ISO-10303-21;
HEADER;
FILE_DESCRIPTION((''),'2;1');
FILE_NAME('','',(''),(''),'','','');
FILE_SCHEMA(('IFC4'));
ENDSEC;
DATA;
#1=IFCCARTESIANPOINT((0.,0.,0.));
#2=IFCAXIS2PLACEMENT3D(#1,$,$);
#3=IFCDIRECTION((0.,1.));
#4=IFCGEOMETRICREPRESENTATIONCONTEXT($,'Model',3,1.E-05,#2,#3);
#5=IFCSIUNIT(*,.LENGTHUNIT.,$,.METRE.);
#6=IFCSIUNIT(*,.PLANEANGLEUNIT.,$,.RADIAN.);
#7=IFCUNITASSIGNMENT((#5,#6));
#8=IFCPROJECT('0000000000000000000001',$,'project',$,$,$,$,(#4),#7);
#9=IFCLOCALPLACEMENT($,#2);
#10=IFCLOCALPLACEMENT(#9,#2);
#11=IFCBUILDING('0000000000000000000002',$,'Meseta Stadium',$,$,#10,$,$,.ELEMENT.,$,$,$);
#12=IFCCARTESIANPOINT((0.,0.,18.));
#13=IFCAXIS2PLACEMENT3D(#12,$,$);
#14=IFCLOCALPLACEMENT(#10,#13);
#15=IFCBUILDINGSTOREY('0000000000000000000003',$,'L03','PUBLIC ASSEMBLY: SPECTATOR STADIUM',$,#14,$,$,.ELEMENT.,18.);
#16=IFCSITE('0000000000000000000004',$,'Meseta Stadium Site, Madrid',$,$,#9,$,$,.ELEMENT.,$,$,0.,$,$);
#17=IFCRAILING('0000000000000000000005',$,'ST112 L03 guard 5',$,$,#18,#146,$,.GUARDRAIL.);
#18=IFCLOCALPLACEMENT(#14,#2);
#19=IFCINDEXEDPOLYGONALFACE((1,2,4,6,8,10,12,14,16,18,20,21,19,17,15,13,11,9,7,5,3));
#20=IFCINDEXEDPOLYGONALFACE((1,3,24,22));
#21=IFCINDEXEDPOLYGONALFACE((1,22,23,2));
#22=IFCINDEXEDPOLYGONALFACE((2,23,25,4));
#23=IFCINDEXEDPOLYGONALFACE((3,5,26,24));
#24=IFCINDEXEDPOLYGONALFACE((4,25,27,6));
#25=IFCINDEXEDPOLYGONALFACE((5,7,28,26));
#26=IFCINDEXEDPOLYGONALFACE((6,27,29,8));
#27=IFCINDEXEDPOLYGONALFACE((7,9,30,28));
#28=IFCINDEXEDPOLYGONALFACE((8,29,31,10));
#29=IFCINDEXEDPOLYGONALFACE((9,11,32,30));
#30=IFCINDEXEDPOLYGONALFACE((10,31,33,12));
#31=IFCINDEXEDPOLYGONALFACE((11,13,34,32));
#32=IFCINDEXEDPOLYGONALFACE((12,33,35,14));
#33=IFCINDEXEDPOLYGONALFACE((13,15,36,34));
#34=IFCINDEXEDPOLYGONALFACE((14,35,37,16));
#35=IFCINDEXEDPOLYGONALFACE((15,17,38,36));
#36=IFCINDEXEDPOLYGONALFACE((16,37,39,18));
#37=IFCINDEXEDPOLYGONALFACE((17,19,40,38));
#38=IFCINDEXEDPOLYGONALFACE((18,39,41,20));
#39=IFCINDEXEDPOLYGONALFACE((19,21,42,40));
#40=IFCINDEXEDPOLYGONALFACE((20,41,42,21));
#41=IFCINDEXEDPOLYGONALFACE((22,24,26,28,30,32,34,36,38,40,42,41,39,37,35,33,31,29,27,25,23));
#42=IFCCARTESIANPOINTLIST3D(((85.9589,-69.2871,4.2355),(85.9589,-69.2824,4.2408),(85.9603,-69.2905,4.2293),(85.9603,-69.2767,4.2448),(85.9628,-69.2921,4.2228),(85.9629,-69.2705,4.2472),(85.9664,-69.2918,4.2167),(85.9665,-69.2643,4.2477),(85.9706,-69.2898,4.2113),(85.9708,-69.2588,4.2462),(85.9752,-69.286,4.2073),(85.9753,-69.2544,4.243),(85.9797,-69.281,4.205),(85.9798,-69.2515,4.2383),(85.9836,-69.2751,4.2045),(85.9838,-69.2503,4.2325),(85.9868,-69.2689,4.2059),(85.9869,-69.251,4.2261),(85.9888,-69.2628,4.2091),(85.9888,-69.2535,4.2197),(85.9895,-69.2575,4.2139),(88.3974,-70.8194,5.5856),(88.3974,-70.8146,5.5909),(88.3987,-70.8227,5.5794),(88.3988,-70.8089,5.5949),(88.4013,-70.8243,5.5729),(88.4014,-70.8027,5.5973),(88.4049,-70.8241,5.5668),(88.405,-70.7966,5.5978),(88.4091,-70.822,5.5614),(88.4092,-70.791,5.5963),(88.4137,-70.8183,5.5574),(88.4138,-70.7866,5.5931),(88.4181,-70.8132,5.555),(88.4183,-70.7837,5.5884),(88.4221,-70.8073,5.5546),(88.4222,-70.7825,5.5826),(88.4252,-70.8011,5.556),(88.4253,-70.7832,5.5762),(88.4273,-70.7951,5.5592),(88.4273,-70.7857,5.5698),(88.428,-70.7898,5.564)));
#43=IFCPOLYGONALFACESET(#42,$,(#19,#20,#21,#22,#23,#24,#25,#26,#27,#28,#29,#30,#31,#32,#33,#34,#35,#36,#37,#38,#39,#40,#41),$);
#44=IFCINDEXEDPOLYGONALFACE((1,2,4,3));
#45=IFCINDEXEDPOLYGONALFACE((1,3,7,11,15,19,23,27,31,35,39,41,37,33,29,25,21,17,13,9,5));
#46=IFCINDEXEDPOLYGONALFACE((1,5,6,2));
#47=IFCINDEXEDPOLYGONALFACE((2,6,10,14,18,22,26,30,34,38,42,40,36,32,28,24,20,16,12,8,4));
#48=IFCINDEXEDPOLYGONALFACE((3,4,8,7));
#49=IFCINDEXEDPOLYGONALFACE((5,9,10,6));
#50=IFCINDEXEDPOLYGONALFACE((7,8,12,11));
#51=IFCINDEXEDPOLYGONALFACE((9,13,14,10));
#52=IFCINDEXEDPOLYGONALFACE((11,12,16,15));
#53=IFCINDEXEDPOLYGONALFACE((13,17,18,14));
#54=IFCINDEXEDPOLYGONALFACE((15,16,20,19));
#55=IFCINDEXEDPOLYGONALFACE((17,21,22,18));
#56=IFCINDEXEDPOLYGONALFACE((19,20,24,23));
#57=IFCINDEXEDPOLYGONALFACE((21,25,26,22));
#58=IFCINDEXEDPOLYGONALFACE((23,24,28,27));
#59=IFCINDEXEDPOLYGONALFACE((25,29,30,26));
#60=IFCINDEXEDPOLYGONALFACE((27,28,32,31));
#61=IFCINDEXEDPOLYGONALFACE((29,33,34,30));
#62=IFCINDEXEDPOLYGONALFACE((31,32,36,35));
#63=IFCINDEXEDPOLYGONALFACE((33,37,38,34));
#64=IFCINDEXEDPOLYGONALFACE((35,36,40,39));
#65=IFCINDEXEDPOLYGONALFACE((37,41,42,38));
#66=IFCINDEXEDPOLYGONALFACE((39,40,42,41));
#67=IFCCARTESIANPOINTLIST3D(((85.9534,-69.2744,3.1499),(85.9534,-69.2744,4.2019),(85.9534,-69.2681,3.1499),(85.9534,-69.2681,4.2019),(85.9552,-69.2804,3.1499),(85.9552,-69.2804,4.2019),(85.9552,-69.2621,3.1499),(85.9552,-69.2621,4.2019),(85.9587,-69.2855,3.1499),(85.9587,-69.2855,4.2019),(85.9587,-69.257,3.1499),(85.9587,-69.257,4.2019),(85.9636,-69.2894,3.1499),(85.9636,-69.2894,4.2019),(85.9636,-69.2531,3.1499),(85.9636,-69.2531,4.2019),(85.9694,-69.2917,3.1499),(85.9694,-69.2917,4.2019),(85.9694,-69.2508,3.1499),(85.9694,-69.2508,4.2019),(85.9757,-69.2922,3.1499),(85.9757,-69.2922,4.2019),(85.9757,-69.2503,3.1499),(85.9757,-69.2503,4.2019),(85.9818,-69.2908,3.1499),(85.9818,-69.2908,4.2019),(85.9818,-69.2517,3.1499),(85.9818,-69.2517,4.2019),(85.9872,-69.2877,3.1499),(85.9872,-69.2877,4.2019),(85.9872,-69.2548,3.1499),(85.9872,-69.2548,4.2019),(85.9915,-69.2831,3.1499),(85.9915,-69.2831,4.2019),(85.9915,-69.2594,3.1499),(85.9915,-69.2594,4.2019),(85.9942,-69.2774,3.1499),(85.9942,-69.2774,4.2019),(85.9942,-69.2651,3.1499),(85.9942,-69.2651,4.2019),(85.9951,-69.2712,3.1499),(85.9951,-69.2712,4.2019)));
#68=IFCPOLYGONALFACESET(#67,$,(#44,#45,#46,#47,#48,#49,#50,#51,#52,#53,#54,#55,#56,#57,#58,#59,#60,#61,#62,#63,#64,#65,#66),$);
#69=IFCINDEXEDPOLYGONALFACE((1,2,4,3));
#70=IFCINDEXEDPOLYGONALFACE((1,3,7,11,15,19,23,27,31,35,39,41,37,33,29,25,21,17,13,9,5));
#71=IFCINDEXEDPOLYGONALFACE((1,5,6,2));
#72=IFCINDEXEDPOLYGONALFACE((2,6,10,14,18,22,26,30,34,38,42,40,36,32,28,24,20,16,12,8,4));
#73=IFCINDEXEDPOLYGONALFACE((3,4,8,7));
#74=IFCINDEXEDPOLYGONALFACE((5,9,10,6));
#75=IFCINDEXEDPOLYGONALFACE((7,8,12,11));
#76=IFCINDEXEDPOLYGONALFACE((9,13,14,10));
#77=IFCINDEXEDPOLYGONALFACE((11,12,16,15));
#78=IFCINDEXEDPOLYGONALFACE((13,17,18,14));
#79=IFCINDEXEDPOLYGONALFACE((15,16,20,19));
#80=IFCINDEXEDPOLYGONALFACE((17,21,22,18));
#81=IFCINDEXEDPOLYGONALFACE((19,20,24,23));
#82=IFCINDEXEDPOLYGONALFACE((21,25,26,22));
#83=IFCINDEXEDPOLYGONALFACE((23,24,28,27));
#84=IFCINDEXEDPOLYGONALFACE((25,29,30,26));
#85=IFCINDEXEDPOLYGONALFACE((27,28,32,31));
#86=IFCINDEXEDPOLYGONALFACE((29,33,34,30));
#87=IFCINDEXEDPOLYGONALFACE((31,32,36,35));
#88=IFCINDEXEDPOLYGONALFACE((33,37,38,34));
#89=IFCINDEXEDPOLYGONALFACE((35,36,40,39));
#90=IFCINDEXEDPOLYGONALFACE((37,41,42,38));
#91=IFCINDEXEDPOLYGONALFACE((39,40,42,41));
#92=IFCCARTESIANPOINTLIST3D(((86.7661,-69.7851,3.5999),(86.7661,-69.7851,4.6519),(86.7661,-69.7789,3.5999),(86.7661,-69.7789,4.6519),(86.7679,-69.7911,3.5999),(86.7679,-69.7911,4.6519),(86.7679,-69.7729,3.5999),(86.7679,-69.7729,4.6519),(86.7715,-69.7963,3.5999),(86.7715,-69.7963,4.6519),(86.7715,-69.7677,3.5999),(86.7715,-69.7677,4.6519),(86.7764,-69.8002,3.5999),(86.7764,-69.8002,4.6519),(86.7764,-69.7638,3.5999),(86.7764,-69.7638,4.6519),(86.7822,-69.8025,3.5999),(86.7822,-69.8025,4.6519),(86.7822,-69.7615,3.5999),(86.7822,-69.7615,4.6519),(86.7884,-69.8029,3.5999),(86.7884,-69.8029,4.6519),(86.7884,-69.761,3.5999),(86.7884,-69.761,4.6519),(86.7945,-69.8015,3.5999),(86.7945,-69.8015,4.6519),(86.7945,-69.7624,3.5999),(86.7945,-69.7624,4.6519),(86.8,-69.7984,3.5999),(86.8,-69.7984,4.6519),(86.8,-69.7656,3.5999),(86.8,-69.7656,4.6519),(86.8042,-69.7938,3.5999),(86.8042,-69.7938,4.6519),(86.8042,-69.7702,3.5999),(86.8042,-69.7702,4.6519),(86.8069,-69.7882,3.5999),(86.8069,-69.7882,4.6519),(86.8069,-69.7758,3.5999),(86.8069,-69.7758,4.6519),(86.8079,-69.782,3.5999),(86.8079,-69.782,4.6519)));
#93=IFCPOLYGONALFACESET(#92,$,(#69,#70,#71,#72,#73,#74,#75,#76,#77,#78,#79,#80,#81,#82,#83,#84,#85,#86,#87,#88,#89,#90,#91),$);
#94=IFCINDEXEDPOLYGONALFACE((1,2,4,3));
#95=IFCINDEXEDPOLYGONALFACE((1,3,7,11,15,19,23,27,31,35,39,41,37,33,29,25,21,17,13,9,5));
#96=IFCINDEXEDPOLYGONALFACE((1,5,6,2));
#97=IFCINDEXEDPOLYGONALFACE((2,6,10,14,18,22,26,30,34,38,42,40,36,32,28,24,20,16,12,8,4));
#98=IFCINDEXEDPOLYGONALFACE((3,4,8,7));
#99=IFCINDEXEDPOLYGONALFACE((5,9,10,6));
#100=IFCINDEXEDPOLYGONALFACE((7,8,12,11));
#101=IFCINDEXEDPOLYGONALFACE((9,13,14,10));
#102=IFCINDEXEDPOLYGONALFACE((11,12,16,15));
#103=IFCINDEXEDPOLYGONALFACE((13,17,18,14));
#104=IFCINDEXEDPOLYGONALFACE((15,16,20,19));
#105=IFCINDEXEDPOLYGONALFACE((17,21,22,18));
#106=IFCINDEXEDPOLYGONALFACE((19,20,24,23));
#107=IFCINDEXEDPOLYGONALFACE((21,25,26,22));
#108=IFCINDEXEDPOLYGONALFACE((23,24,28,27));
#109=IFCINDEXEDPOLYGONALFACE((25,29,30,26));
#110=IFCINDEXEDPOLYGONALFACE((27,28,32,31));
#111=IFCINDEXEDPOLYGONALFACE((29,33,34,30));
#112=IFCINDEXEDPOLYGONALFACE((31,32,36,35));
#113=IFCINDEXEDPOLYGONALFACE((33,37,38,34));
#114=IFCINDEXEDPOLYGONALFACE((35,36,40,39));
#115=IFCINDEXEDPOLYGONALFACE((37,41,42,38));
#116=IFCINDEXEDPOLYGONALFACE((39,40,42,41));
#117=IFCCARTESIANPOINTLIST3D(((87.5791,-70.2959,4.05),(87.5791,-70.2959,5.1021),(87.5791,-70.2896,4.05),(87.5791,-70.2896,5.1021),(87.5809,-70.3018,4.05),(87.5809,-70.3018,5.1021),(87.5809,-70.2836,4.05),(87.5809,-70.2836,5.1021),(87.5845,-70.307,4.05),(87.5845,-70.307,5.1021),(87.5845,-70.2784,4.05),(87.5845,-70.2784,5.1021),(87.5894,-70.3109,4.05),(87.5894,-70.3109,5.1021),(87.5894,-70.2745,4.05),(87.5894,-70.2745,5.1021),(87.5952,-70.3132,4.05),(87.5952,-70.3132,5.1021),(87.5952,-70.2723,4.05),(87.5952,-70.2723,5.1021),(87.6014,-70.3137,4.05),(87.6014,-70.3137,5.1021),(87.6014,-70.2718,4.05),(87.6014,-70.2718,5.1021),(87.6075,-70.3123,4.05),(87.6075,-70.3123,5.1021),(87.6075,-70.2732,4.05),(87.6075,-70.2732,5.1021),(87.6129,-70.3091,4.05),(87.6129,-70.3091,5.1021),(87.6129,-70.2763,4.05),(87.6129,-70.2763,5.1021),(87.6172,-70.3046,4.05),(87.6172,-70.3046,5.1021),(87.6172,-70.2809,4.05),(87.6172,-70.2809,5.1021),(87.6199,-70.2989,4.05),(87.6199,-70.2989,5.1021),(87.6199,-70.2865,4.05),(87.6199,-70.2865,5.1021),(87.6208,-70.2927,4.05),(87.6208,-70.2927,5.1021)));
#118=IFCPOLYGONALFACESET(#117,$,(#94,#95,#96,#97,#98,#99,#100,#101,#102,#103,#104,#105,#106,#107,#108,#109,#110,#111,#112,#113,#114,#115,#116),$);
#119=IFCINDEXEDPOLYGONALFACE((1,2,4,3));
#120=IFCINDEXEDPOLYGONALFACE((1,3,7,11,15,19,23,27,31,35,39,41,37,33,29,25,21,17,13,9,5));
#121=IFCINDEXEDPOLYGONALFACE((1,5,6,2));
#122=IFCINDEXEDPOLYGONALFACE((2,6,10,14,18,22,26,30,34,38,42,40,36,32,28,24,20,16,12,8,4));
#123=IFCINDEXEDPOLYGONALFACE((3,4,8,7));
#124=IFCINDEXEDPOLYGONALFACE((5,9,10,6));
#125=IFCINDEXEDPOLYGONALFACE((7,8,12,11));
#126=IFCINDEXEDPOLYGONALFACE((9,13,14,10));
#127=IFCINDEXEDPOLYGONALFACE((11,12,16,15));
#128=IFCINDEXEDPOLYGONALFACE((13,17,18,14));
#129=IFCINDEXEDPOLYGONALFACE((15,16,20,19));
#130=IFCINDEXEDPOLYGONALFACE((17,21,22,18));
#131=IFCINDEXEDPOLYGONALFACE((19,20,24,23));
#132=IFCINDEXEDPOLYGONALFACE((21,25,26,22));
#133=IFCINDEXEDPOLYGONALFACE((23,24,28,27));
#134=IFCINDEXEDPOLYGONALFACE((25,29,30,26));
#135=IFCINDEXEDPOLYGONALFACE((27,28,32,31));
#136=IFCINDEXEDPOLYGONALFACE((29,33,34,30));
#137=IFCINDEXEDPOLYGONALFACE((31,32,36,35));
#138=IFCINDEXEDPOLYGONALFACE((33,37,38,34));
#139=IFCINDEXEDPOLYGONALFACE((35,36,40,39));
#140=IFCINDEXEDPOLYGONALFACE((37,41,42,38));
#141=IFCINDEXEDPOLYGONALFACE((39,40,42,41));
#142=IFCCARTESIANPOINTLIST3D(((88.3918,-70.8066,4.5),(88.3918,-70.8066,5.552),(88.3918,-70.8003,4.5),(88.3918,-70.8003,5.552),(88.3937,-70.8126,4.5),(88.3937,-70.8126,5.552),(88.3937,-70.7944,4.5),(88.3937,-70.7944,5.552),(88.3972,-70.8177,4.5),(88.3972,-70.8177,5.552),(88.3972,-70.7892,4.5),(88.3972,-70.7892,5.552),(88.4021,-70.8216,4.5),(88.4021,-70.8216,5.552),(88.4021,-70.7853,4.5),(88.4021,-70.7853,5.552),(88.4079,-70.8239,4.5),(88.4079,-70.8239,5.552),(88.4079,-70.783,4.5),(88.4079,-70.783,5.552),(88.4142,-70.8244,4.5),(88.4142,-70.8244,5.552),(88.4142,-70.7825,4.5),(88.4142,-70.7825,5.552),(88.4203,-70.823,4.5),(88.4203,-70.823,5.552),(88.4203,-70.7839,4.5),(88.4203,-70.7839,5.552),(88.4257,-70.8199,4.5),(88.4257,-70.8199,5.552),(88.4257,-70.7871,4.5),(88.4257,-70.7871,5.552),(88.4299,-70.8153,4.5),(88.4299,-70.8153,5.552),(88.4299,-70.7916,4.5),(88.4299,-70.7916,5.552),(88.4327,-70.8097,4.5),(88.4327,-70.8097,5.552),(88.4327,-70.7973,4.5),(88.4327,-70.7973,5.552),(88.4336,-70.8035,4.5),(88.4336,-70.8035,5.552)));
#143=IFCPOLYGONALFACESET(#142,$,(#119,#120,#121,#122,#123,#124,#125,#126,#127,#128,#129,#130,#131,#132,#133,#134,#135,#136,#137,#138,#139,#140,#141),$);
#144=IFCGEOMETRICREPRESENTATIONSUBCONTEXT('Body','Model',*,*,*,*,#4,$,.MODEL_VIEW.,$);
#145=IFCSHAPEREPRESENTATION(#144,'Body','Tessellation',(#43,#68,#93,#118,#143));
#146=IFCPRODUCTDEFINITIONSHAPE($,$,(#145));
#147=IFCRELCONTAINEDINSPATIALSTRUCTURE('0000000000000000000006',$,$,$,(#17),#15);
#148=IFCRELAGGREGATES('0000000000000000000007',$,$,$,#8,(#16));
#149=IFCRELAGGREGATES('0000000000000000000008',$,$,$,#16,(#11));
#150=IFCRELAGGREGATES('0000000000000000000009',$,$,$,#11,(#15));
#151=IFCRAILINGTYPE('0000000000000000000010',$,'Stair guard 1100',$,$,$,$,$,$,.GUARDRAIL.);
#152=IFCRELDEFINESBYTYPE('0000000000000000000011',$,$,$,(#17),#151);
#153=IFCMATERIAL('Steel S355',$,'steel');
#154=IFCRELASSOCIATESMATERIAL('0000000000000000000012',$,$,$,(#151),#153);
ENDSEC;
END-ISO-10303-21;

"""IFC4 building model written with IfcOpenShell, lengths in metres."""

from ifc_helpers import new_model, si_unit, direction, frame, origin, origin_2d, place, context, subcontext, project, spatial, circle, extrude, material, type_object, element, save


model = new_model("IFC4")

# Units and contexts
model_context = context("Model", 3, precision=1e-05, world=origin(), true_north=direction((0.0, 1.0)))
body_context = subcontext(model_context, "Body", "Model", "MODEL_VIEW")
ifc_project = project(units=[si_unit("LENGTHUNIT", "METRE"), si_unit("PLANEANGLEUNIT", "RADIAN")], contexts=[model_context])

# Site, building, storey
site_placement = place(None, origin())
site = spatial("IfcSite", under=ifc_project, at=site_placement, Name="Meseta Stadium Site, Madrid", CompositionType="ELEMENT", RefElevation=0.0)
building_placement = place(site_placement, origin())
building = spatial("IfcBuilding", under=site, at=building_placement, Name="Meseta Stadium", CompositionType="ELEMENT")
storey_placement = place(building_placement, frame((0.0, 0.0, 18.0)))
storey = spatial("IfcBuildingStorey", under=building, at=storey_placement, Name="L03", Description="PUBLIC ASSEMBLY: SPECTATOR STADIUM", CompositionType="ELEMENT", Elevation=18.0)

# Railing
ifc_material_1 = material(Name="Steel S355", Category="steel")
railing_type_1 = type_object("IfcRailingType", Name="Stair guard 1100", PredefinedType="GUARDRAIL", material=ifc_material_1)
railing_1_placement = place(storey_placement, frame((85.9741, -69.2712, 3.1499)))
element("IfcRailing", 1, at=railing_1_placement, inside=storey, type_object=railing_type_1, Name="ST112 L03 guard 5", PredefinedType="GUARDRAIL", context=body_context, shape_type="SweptSolid", body=[
    extrude(circle(Radius=0.0239, at=origin_2d()), frame((0.0, 0.0, 1.0762), z_axis=(0.766655, -0.481731, 0.42447), x_axis=(0.53204, 0.846719, 0.0)), (0.0, 0.0, 1.0), 3.1807),
    extrude(circle(Radius=0.021, at=origin_2d()), origin(), (0.0, 0.0, 1.0), 1.052),
    extrude(circle(Radius=0.021, at=origin_2d()), frame((0.8127, -0.5107, 0.45)), (0.0, 0.0, 1.0), 1.052),
    extrude(circle(Radius=0.021, at=origin_2d()), frame((1.6257, -1.0215, 0.9001)), (0.0, 0.0, 1.0), 1.052),
    extrude(circle(Radius=0.021, at=origin_2d()), frame((2.4385, -1.5322, 1.3501)), (0.0, 0.0, 1.0), 1.052),
])

save(model, "model.ifc")
